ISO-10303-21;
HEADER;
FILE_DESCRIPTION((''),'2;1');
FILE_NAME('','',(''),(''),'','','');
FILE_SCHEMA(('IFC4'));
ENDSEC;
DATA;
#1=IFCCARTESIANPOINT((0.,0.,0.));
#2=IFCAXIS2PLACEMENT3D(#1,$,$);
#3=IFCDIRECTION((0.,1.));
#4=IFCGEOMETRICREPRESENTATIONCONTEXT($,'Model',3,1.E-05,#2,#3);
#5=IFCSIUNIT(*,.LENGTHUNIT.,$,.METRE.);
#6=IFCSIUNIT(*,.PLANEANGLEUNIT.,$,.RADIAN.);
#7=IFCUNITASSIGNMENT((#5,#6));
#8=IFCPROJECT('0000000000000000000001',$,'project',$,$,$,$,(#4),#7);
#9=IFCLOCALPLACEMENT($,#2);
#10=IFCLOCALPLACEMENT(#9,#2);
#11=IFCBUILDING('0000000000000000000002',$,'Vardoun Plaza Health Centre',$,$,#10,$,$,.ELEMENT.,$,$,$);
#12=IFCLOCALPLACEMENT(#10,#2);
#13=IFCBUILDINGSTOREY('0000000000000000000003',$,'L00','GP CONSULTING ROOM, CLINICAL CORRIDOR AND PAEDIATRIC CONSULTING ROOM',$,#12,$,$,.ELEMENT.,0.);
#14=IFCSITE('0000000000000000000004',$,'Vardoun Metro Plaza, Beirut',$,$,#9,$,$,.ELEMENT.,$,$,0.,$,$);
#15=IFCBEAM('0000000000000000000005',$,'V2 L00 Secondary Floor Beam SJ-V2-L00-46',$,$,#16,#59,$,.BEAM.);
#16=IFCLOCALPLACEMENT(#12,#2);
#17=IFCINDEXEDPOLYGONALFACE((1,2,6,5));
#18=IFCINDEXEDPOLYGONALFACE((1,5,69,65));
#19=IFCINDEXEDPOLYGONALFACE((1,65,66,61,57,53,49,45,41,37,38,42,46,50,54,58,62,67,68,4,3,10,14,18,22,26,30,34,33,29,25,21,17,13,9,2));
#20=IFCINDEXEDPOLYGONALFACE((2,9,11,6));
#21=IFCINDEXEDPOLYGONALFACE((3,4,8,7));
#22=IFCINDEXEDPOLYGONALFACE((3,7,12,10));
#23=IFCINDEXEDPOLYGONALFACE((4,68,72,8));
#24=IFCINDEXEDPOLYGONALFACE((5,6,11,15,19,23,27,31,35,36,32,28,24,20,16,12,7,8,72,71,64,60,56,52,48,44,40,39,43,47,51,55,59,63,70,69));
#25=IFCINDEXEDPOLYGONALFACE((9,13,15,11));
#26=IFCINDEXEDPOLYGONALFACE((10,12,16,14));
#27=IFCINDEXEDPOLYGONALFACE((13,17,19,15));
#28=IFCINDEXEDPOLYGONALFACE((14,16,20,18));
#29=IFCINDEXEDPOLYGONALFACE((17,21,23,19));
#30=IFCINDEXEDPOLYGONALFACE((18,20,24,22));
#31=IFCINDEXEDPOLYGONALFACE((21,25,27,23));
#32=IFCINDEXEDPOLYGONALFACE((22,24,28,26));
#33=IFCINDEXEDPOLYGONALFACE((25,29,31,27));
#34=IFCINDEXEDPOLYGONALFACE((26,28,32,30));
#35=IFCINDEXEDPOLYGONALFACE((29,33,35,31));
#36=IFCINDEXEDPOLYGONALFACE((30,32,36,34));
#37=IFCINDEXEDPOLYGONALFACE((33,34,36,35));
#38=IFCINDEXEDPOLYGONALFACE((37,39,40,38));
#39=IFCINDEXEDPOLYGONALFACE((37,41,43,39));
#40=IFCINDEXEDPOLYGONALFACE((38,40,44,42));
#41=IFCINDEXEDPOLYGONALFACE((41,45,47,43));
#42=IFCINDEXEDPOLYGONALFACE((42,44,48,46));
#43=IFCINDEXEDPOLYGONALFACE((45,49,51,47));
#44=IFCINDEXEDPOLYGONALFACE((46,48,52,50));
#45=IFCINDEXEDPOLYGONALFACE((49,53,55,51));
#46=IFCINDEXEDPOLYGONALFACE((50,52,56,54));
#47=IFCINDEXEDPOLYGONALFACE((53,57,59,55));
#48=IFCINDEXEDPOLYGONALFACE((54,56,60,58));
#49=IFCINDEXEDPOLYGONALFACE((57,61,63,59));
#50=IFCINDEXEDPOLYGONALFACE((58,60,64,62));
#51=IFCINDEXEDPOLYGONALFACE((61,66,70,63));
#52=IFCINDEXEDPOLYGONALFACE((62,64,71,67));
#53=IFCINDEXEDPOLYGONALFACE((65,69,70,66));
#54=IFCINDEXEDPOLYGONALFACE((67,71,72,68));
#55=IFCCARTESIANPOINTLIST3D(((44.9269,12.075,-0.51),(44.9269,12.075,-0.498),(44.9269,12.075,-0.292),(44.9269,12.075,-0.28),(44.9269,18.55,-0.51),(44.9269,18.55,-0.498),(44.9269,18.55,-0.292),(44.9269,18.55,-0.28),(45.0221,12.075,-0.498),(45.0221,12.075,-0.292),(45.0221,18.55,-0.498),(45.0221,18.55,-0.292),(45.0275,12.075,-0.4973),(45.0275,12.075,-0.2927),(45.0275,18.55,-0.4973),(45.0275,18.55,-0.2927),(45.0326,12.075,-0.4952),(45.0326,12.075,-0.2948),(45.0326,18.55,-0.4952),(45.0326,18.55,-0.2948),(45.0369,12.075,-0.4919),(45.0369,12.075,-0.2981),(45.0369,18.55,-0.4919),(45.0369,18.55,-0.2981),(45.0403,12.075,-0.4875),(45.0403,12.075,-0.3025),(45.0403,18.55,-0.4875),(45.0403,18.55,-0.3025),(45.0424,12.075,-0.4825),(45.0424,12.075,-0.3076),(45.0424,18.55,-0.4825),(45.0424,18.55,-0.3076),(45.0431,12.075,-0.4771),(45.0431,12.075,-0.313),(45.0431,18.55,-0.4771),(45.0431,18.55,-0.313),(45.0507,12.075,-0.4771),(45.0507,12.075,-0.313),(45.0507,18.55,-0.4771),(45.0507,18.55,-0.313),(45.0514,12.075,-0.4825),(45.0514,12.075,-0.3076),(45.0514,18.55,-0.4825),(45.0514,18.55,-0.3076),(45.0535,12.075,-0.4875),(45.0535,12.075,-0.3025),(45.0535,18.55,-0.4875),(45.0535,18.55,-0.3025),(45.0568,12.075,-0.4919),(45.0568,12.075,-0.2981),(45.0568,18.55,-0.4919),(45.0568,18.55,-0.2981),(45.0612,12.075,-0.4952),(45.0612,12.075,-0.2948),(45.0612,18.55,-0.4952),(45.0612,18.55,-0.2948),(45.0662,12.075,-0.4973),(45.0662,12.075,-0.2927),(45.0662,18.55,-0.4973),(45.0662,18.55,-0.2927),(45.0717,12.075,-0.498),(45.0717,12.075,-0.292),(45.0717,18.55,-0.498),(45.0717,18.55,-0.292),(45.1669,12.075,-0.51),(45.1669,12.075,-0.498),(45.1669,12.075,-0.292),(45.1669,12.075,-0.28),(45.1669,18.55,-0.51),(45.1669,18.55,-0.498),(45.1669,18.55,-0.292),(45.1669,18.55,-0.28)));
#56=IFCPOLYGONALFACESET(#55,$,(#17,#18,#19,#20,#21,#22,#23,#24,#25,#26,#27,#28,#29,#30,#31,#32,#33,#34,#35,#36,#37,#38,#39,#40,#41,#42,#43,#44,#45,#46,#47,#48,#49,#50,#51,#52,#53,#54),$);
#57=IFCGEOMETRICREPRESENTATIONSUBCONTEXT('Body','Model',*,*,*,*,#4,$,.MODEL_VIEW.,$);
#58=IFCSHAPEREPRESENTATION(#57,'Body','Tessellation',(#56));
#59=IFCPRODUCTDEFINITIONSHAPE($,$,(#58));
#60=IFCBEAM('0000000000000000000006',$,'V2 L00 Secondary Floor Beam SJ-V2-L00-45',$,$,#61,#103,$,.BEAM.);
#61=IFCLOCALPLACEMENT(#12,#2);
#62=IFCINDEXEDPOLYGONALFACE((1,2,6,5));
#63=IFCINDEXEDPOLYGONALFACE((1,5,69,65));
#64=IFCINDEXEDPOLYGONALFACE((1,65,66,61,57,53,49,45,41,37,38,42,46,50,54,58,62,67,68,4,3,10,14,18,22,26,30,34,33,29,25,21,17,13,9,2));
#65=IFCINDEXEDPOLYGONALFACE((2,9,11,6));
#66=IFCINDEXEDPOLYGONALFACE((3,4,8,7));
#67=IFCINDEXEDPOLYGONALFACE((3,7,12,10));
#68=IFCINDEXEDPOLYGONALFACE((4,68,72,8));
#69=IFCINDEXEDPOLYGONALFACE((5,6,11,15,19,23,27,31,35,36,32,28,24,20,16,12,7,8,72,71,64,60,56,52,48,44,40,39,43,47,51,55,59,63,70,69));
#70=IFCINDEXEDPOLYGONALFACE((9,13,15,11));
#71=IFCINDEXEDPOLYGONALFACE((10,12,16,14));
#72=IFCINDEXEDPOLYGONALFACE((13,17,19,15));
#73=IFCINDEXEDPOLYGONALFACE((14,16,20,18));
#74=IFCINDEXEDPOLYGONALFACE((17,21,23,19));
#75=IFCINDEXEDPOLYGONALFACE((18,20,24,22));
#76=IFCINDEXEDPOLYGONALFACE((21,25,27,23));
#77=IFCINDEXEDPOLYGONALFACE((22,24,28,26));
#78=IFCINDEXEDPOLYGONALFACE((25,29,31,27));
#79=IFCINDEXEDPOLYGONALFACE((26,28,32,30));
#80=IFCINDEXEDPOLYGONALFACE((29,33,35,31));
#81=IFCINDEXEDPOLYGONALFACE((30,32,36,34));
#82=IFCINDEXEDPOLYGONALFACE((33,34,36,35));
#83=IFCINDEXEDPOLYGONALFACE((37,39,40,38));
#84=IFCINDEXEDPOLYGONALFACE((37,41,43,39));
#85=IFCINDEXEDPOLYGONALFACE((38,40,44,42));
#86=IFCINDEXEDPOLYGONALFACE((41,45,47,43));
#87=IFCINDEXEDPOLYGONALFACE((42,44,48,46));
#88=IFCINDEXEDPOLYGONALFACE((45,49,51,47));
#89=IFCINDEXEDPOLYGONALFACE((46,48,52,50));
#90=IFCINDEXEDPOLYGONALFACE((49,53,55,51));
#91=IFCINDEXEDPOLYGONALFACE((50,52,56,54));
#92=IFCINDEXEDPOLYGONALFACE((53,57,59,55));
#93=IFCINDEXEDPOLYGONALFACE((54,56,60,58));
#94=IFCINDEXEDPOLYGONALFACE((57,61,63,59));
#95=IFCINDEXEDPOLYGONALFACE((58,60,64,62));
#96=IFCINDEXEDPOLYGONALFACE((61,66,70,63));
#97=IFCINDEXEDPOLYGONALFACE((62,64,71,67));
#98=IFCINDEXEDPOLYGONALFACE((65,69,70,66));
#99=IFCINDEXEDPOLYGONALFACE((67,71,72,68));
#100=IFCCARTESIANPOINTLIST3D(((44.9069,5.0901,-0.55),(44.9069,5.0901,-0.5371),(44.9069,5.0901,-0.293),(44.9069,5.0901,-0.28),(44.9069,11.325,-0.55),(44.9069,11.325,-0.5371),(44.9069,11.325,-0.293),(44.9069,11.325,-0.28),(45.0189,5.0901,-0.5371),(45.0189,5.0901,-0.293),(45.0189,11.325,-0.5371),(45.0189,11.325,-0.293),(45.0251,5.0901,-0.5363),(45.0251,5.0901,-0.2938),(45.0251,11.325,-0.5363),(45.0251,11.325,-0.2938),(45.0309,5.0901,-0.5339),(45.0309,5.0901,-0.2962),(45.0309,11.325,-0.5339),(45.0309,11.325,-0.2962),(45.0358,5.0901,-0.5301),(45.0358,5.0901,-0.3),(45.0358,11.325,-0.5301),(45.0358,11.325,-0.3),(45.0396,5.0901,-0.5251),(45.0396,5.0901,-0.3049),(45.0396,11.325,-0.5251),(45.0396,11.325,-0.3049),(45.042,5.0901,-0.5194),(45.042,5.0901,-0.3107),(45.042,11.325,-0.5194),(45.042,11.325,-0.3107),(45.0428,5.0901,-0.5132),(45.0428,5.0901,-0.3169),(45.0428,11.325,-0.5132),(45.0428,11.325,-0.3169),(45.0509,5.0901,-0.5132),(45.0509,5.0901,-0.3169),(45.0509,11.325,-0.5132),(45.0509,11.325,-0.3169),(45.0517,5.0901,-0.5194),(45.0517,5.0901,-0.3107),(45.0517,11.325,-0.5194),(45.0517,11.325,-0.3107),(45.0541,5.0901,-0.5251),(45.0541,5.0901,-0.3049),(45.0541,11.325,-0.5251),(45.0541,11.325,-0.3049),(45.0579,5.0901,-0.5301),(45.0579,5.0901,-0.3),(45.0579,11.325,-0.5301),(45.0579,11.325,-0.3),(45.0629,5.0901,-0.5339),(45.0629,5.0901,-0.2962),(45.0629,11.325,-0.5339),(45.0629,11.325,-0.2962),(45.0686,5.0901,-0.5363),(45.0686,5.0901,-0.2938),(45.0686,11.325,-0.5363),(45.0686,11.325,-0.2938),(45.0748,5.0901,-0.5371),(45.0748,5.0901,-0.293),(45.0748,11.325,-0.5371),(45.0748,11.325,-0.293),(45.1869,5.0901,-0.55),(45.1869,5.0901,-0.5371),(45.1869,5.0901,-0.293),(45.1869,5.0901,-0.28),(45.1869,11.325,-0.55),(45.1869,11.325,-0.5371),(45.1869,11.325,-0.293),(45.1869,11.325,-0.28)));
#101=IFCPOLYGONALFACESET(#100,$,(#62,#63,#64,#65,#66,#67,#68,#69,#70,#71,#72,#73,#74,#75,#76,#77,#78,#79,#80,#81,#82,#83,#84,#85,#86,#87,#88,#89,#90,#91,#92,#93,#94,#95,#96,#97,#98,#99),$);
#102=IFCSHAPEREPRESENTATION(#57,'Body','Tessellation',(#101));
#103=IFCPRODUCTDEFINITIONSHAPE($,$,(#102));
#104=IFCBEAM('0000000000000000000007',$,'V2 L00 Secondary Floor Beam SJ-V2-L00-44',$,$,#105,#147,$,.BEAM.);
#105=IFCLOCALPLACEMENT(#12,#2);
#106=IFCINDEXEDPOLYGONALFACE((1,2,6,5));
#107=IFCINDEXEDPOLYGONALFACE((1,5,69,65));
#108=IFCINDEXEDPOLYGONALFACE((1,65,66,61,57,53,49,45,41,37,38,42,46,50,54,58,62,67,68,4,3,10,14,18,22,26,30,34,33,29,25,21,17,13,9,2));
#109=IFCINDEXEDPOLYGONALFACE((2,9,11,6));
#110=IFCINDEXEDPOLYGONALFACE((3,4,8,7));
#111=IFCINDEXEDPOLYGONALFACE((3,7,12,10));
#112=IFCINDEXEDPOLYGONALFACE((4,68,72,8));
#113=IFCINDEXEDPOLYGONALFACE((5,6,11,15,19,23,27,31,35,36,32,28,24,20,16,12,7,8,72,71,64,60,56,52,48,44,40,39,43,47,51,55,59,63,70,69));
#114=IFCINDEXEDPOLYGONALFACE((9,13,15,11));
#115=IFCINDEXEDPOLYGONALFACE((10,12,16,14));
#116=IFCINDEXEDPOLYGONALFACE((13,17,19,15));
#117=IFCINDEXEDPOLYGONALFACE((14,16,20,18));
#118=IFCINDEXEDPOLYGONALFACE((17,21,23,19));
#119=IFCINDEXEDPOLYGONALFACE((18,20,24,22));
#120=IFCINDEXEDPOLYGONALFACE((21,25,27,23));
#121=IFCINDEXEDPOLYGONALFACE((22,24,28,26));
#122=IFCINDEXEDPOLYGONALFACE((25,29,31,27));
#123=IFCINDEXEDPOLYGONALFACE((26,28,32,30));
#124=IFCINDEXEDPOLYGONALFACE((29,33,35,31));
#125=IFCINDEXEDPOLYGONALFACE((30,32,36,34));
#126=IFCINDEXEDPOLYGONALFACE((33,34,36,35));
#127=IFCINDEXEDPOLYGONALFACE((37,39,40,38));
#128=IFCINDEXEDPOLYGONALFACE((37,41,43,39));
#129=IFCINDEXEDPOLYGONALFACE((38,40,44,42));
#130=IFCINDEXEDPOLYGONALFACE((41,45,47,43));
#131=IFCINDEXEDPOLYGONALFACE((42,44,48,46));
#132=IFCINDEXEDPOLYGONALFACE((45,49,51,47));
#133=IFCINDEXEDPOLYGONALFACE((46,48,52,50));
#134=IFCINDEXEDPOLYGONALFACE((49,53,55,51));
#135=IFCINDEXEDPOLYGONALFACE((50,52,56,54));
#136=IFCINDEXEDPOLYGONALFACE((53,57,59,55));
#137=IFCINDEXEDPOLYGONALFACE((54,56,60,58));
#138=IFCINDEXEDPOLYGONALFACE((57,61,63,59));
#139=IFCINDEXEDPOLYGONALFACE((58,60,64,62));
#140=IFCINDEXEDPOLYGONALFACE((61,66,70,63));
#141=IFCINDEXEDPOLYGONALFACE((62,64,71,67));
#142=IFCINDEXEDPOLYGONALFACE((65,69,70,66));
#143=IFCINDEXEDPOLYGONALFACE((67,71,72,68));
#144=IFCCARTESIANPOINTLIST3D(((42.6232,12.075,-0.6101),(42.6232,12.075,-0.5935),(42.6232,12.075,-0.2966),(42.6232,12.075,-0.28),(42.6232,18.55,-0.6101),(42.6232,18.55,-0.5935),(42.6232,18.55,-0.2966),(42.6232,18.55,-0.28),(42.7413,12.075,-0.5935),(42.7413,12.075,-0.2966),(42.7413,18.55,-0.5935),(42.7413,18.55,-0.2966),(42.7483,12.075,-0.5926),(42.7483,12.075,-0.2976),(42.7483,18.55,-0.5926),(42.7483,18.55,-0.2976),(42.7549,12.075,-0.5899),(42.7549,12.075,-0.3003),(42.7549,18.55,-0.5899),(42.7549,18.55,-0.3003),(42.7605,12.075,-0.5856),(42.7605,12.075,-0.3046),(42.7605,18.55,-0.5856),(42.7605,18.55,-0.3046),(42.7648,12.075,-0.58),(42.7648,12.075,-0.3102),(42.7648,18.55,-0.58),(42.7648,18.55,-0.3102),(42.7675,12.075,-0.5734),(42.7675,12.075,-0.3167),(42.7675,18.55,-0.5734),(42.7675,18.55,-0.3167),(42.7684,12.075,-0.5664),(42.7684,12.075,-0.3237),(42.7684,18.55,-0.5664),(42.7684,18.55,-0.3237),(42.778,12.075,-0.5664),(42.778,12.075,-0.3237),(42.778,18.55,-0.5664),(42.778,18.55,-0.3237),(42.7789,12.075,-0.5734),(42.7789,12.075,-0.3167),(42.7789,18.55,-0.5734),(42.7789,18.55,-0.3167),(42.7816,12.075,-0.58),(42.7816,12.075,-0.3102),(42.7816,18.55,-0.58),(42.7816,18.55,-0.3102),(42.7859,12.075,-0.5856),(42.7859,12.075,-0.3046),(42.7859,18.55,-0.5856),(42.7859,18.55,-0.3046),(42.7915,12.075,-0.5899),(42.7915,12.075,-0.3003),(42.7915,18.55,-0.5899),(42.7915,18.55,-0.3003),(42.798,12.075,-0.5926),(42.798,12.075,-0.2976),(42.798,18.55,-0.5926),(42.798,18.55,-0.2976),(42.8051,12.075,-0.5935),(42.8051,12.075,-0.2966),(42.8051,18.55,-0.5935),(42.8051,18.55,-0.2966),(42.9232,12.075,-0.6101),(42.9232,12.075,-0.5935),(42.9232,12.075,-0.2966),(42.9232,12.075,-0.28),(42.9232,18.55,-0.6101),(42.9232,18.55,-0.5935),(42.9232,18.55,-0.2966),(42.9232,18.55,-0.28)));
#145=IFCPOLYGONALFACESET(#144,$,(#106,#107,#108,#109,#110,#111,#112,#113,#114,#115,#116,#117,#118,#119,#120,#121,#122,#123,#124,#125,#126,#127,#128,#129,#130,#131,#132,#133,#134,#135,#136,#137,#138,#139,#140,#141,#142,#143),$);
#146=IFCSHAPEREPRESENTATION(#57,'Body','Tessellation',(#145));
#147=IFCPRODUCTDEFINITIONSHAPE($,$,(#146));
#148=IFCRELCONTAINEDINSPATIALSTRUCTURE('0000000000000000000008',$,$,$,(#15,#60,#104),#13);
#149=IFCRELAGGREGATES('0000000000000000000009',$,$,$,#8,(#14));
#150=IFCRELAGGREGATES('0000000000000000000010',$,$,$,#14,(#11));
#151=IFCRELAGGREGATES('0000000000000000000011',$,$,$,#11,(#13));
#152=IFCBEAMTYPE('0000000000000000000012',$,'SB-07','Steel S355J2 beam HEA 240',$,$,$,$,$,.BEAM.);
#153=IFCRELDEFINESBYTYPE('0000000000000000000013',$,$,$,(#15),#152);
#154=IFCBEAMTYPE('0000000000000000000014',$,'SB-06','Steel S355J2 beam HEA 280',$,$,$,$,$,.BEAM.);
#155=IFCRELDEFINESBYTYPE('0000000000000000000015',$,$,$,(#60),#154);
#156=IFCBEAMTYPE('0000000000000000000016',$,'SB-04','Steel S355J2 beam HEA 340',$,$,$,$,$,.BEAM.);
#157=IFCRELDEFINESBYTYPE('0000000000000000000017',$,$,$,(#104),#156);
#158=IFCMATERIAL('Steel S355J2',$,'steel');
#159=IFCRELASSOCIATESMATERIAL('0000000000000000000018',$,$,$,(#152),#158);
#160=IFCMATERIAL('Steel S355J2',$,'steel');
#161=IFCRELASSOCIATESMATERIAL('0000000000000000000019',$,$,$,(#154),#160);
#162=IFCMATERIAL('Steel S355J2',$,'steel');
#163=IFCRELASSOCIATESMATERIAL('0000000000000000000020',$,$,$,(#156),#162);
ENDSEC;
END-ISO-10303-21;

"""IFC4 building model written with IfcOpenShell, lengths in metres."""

from ifc_helpers import new_model, si_unit, direction, frame, origin, origin_2d, place, context, subcontext, project, spatial, i_section, extrude, material, material_profile, profile_set, type_object, element, save


model = new_model("IFC4")

# Units and contexts
model_context = context("Model", 3, precision=1e-05, world=origin(), true_north=direction((0.0, 1.0)))
body_context = subcontext(model_context, "Body", "Model", "MODEL_VIEW")
ifc_project = project(units=[si_unit("LENGTHUNIT", "METRE"), si_unit("PLANEANGLEUNIT", "RADIAN")], contexts=[model_context])

# Site, building, storey
site_placement = place(None, origin())
site = spatial("IfcSite", under=ifc_project, at=site_placement, Name="Vardoun Metro Plaza, Beirut", CompositionType="ELEMENT", RefElevation=0.0)
building_placement = place(site_placement, origin())
building = spatial("IfcBuilding", under=site, at=building_placement, Name="Vardoun Plaza Health Centre", CompositionType="ELEMENT")
storey_placement = place(building_placement, origin())
storey = spatial("IfcBuildingStorey", under=building, at=storey_placement, Name="L00", Description="GP CONSULTING ROOM, CLINICAL CORRIDOR AND PAEDIATRIC CONSULTING ROOM", CompositionType="ELEMENT", Elevation=0.0)

# Beams
ifc_material_1 = material(Name="Steel S355J2", Category="steel")
ifc_material_profile_1 = material_profile(ifc_material_1, i_section(OverallWidth=0.24, OverallDepth=0.23, WebThickness=0.0076, FlangeThickness=0.012, FilletRadius=0.021, at=origin_2d()), Name="HEA 240")
ifc_profile_set_1 = profile_set([ifc_material_profile_1], Name="Steel S355J2")
beam_type_1 = type_object("IfcBeamType", Name="SB-07", Description="Steel S355J2 beam HEA 240", PredefinedType="BEAM", material=ifc_profile_set_1)
beam_1_placement = place(storey_placement, frame((45.0469, 12.075, -0.395), z_axis=(0.0, 1.0, 0.0), x_axis=(-1.0, 0.0, 0.0)))
element("IfcBeam", 1, at=beam_1_placement, inside=storey, type_object=beam_type_1, Name="V2 L00 Secondary Floor Beam SJ-V2-L00-46", PredefinedType="BEAM", context=body_context, shape_type="SweptSolid", body=[
    extrude(i_section(OverallWidth=0.24, OverallDepth=0.23, WebThickness=0.0076, FlangeThickness=0.012, FilletRadius=0.021, at=origin_2d()), origin(), (0.0, 0.0, 1.0), 6.4751),
])
ifc_material_2 = material(Name="Steel S355J2", Category="steel")
ifc_material_profile_2 = material_profile(ifc_material_2, i_section(OverallWidth=0.28, OverallDepth=0.27, WebThickness=0.0081, FlangeThickness=0.0129, FilletRadius=0.0239, at=origin_2d()), Name="HEA 280")
ifc_profile_set_2 = profile_set([ifc_material_profile_2], Name="Steel S355J2")
beam_type_2 = type_object("IfcBeamType", Name="SB-06", Description="Steel S355J2 beam HEA 280", PredefinedType="BEAM", material=ifc_profile_set_2)
beam_2_placement = place(storey_placement, frame((45.0469, 5.0901, -0.415), z_axis=(0.0, 1.0, 0.0), x_axis=(-1.0, 0.0, 0.0)))
element("IfcBeam", 2, at=beam_2_placement, inside=storey, type_object=beam_type_2, Name="V2 L00 Secondary Floor Beam SJ-V2-L00-45", PredefinedType="BEAM", context=body_context, shape_type="SweptSolid", body=[
    extrude(i_section(OverallWidth=0.28, OverallDepth=0.27, WebThickness=0.0081, FlangeThickness=0.0129, FilletRadius=0.0239, at=origin_2d()), origin(), (0.0, 0.0, 1.0), 6.2349),
])
ifc_material_3 = material(Name="Steel S355J2", Category="steel")
ifc_material_profile_3 = material_profile(ifc_material_3, i_section(OverallWidth=0.3, OverallDepth=0.3301, WebThickness=0.0095, FlangeThickness=0.0166, FilletRadius=0.0271, at=origin_2d()), Name="HEA 340")
ifc_profile_set_3 = profile_set([ifc_material_profile_3], Name="Steel S355J2")
beam_type_3 = type_object("IfcBeamType", Name="SB-04", Description="Steel S355J2 beam HEA 340", PredefinedType="BEAM", material=ifc_profile_set_3)
beam_3_placement = place(storey_placement, frame((42.7732, 12.075, -0.4451), z_axis=(0.0, 1.0, 0.0), x_axis=(-1.0, 0.0, 0.0)))
element("IfcBeam", 3, at=beam_3_placement, inside=storey, type_object=beam_type_3, Name="V2 L00 Secondary Floor Beam SJ-V2-L00-44", PredefinedType="BEAM", context=body_context, shape_type="SweptSolid", body=[
    extrude(i_section(OverallWidth=0.3, OverallDepth=0.3301, WebThickness=0.0095, FlangeThickness=0.0166, FilletRadius=0.0271, at=origin_2d()), origin(), (0.0, 0.0, 1.0), 6.4751),
])

save(model, "model.ifc")
